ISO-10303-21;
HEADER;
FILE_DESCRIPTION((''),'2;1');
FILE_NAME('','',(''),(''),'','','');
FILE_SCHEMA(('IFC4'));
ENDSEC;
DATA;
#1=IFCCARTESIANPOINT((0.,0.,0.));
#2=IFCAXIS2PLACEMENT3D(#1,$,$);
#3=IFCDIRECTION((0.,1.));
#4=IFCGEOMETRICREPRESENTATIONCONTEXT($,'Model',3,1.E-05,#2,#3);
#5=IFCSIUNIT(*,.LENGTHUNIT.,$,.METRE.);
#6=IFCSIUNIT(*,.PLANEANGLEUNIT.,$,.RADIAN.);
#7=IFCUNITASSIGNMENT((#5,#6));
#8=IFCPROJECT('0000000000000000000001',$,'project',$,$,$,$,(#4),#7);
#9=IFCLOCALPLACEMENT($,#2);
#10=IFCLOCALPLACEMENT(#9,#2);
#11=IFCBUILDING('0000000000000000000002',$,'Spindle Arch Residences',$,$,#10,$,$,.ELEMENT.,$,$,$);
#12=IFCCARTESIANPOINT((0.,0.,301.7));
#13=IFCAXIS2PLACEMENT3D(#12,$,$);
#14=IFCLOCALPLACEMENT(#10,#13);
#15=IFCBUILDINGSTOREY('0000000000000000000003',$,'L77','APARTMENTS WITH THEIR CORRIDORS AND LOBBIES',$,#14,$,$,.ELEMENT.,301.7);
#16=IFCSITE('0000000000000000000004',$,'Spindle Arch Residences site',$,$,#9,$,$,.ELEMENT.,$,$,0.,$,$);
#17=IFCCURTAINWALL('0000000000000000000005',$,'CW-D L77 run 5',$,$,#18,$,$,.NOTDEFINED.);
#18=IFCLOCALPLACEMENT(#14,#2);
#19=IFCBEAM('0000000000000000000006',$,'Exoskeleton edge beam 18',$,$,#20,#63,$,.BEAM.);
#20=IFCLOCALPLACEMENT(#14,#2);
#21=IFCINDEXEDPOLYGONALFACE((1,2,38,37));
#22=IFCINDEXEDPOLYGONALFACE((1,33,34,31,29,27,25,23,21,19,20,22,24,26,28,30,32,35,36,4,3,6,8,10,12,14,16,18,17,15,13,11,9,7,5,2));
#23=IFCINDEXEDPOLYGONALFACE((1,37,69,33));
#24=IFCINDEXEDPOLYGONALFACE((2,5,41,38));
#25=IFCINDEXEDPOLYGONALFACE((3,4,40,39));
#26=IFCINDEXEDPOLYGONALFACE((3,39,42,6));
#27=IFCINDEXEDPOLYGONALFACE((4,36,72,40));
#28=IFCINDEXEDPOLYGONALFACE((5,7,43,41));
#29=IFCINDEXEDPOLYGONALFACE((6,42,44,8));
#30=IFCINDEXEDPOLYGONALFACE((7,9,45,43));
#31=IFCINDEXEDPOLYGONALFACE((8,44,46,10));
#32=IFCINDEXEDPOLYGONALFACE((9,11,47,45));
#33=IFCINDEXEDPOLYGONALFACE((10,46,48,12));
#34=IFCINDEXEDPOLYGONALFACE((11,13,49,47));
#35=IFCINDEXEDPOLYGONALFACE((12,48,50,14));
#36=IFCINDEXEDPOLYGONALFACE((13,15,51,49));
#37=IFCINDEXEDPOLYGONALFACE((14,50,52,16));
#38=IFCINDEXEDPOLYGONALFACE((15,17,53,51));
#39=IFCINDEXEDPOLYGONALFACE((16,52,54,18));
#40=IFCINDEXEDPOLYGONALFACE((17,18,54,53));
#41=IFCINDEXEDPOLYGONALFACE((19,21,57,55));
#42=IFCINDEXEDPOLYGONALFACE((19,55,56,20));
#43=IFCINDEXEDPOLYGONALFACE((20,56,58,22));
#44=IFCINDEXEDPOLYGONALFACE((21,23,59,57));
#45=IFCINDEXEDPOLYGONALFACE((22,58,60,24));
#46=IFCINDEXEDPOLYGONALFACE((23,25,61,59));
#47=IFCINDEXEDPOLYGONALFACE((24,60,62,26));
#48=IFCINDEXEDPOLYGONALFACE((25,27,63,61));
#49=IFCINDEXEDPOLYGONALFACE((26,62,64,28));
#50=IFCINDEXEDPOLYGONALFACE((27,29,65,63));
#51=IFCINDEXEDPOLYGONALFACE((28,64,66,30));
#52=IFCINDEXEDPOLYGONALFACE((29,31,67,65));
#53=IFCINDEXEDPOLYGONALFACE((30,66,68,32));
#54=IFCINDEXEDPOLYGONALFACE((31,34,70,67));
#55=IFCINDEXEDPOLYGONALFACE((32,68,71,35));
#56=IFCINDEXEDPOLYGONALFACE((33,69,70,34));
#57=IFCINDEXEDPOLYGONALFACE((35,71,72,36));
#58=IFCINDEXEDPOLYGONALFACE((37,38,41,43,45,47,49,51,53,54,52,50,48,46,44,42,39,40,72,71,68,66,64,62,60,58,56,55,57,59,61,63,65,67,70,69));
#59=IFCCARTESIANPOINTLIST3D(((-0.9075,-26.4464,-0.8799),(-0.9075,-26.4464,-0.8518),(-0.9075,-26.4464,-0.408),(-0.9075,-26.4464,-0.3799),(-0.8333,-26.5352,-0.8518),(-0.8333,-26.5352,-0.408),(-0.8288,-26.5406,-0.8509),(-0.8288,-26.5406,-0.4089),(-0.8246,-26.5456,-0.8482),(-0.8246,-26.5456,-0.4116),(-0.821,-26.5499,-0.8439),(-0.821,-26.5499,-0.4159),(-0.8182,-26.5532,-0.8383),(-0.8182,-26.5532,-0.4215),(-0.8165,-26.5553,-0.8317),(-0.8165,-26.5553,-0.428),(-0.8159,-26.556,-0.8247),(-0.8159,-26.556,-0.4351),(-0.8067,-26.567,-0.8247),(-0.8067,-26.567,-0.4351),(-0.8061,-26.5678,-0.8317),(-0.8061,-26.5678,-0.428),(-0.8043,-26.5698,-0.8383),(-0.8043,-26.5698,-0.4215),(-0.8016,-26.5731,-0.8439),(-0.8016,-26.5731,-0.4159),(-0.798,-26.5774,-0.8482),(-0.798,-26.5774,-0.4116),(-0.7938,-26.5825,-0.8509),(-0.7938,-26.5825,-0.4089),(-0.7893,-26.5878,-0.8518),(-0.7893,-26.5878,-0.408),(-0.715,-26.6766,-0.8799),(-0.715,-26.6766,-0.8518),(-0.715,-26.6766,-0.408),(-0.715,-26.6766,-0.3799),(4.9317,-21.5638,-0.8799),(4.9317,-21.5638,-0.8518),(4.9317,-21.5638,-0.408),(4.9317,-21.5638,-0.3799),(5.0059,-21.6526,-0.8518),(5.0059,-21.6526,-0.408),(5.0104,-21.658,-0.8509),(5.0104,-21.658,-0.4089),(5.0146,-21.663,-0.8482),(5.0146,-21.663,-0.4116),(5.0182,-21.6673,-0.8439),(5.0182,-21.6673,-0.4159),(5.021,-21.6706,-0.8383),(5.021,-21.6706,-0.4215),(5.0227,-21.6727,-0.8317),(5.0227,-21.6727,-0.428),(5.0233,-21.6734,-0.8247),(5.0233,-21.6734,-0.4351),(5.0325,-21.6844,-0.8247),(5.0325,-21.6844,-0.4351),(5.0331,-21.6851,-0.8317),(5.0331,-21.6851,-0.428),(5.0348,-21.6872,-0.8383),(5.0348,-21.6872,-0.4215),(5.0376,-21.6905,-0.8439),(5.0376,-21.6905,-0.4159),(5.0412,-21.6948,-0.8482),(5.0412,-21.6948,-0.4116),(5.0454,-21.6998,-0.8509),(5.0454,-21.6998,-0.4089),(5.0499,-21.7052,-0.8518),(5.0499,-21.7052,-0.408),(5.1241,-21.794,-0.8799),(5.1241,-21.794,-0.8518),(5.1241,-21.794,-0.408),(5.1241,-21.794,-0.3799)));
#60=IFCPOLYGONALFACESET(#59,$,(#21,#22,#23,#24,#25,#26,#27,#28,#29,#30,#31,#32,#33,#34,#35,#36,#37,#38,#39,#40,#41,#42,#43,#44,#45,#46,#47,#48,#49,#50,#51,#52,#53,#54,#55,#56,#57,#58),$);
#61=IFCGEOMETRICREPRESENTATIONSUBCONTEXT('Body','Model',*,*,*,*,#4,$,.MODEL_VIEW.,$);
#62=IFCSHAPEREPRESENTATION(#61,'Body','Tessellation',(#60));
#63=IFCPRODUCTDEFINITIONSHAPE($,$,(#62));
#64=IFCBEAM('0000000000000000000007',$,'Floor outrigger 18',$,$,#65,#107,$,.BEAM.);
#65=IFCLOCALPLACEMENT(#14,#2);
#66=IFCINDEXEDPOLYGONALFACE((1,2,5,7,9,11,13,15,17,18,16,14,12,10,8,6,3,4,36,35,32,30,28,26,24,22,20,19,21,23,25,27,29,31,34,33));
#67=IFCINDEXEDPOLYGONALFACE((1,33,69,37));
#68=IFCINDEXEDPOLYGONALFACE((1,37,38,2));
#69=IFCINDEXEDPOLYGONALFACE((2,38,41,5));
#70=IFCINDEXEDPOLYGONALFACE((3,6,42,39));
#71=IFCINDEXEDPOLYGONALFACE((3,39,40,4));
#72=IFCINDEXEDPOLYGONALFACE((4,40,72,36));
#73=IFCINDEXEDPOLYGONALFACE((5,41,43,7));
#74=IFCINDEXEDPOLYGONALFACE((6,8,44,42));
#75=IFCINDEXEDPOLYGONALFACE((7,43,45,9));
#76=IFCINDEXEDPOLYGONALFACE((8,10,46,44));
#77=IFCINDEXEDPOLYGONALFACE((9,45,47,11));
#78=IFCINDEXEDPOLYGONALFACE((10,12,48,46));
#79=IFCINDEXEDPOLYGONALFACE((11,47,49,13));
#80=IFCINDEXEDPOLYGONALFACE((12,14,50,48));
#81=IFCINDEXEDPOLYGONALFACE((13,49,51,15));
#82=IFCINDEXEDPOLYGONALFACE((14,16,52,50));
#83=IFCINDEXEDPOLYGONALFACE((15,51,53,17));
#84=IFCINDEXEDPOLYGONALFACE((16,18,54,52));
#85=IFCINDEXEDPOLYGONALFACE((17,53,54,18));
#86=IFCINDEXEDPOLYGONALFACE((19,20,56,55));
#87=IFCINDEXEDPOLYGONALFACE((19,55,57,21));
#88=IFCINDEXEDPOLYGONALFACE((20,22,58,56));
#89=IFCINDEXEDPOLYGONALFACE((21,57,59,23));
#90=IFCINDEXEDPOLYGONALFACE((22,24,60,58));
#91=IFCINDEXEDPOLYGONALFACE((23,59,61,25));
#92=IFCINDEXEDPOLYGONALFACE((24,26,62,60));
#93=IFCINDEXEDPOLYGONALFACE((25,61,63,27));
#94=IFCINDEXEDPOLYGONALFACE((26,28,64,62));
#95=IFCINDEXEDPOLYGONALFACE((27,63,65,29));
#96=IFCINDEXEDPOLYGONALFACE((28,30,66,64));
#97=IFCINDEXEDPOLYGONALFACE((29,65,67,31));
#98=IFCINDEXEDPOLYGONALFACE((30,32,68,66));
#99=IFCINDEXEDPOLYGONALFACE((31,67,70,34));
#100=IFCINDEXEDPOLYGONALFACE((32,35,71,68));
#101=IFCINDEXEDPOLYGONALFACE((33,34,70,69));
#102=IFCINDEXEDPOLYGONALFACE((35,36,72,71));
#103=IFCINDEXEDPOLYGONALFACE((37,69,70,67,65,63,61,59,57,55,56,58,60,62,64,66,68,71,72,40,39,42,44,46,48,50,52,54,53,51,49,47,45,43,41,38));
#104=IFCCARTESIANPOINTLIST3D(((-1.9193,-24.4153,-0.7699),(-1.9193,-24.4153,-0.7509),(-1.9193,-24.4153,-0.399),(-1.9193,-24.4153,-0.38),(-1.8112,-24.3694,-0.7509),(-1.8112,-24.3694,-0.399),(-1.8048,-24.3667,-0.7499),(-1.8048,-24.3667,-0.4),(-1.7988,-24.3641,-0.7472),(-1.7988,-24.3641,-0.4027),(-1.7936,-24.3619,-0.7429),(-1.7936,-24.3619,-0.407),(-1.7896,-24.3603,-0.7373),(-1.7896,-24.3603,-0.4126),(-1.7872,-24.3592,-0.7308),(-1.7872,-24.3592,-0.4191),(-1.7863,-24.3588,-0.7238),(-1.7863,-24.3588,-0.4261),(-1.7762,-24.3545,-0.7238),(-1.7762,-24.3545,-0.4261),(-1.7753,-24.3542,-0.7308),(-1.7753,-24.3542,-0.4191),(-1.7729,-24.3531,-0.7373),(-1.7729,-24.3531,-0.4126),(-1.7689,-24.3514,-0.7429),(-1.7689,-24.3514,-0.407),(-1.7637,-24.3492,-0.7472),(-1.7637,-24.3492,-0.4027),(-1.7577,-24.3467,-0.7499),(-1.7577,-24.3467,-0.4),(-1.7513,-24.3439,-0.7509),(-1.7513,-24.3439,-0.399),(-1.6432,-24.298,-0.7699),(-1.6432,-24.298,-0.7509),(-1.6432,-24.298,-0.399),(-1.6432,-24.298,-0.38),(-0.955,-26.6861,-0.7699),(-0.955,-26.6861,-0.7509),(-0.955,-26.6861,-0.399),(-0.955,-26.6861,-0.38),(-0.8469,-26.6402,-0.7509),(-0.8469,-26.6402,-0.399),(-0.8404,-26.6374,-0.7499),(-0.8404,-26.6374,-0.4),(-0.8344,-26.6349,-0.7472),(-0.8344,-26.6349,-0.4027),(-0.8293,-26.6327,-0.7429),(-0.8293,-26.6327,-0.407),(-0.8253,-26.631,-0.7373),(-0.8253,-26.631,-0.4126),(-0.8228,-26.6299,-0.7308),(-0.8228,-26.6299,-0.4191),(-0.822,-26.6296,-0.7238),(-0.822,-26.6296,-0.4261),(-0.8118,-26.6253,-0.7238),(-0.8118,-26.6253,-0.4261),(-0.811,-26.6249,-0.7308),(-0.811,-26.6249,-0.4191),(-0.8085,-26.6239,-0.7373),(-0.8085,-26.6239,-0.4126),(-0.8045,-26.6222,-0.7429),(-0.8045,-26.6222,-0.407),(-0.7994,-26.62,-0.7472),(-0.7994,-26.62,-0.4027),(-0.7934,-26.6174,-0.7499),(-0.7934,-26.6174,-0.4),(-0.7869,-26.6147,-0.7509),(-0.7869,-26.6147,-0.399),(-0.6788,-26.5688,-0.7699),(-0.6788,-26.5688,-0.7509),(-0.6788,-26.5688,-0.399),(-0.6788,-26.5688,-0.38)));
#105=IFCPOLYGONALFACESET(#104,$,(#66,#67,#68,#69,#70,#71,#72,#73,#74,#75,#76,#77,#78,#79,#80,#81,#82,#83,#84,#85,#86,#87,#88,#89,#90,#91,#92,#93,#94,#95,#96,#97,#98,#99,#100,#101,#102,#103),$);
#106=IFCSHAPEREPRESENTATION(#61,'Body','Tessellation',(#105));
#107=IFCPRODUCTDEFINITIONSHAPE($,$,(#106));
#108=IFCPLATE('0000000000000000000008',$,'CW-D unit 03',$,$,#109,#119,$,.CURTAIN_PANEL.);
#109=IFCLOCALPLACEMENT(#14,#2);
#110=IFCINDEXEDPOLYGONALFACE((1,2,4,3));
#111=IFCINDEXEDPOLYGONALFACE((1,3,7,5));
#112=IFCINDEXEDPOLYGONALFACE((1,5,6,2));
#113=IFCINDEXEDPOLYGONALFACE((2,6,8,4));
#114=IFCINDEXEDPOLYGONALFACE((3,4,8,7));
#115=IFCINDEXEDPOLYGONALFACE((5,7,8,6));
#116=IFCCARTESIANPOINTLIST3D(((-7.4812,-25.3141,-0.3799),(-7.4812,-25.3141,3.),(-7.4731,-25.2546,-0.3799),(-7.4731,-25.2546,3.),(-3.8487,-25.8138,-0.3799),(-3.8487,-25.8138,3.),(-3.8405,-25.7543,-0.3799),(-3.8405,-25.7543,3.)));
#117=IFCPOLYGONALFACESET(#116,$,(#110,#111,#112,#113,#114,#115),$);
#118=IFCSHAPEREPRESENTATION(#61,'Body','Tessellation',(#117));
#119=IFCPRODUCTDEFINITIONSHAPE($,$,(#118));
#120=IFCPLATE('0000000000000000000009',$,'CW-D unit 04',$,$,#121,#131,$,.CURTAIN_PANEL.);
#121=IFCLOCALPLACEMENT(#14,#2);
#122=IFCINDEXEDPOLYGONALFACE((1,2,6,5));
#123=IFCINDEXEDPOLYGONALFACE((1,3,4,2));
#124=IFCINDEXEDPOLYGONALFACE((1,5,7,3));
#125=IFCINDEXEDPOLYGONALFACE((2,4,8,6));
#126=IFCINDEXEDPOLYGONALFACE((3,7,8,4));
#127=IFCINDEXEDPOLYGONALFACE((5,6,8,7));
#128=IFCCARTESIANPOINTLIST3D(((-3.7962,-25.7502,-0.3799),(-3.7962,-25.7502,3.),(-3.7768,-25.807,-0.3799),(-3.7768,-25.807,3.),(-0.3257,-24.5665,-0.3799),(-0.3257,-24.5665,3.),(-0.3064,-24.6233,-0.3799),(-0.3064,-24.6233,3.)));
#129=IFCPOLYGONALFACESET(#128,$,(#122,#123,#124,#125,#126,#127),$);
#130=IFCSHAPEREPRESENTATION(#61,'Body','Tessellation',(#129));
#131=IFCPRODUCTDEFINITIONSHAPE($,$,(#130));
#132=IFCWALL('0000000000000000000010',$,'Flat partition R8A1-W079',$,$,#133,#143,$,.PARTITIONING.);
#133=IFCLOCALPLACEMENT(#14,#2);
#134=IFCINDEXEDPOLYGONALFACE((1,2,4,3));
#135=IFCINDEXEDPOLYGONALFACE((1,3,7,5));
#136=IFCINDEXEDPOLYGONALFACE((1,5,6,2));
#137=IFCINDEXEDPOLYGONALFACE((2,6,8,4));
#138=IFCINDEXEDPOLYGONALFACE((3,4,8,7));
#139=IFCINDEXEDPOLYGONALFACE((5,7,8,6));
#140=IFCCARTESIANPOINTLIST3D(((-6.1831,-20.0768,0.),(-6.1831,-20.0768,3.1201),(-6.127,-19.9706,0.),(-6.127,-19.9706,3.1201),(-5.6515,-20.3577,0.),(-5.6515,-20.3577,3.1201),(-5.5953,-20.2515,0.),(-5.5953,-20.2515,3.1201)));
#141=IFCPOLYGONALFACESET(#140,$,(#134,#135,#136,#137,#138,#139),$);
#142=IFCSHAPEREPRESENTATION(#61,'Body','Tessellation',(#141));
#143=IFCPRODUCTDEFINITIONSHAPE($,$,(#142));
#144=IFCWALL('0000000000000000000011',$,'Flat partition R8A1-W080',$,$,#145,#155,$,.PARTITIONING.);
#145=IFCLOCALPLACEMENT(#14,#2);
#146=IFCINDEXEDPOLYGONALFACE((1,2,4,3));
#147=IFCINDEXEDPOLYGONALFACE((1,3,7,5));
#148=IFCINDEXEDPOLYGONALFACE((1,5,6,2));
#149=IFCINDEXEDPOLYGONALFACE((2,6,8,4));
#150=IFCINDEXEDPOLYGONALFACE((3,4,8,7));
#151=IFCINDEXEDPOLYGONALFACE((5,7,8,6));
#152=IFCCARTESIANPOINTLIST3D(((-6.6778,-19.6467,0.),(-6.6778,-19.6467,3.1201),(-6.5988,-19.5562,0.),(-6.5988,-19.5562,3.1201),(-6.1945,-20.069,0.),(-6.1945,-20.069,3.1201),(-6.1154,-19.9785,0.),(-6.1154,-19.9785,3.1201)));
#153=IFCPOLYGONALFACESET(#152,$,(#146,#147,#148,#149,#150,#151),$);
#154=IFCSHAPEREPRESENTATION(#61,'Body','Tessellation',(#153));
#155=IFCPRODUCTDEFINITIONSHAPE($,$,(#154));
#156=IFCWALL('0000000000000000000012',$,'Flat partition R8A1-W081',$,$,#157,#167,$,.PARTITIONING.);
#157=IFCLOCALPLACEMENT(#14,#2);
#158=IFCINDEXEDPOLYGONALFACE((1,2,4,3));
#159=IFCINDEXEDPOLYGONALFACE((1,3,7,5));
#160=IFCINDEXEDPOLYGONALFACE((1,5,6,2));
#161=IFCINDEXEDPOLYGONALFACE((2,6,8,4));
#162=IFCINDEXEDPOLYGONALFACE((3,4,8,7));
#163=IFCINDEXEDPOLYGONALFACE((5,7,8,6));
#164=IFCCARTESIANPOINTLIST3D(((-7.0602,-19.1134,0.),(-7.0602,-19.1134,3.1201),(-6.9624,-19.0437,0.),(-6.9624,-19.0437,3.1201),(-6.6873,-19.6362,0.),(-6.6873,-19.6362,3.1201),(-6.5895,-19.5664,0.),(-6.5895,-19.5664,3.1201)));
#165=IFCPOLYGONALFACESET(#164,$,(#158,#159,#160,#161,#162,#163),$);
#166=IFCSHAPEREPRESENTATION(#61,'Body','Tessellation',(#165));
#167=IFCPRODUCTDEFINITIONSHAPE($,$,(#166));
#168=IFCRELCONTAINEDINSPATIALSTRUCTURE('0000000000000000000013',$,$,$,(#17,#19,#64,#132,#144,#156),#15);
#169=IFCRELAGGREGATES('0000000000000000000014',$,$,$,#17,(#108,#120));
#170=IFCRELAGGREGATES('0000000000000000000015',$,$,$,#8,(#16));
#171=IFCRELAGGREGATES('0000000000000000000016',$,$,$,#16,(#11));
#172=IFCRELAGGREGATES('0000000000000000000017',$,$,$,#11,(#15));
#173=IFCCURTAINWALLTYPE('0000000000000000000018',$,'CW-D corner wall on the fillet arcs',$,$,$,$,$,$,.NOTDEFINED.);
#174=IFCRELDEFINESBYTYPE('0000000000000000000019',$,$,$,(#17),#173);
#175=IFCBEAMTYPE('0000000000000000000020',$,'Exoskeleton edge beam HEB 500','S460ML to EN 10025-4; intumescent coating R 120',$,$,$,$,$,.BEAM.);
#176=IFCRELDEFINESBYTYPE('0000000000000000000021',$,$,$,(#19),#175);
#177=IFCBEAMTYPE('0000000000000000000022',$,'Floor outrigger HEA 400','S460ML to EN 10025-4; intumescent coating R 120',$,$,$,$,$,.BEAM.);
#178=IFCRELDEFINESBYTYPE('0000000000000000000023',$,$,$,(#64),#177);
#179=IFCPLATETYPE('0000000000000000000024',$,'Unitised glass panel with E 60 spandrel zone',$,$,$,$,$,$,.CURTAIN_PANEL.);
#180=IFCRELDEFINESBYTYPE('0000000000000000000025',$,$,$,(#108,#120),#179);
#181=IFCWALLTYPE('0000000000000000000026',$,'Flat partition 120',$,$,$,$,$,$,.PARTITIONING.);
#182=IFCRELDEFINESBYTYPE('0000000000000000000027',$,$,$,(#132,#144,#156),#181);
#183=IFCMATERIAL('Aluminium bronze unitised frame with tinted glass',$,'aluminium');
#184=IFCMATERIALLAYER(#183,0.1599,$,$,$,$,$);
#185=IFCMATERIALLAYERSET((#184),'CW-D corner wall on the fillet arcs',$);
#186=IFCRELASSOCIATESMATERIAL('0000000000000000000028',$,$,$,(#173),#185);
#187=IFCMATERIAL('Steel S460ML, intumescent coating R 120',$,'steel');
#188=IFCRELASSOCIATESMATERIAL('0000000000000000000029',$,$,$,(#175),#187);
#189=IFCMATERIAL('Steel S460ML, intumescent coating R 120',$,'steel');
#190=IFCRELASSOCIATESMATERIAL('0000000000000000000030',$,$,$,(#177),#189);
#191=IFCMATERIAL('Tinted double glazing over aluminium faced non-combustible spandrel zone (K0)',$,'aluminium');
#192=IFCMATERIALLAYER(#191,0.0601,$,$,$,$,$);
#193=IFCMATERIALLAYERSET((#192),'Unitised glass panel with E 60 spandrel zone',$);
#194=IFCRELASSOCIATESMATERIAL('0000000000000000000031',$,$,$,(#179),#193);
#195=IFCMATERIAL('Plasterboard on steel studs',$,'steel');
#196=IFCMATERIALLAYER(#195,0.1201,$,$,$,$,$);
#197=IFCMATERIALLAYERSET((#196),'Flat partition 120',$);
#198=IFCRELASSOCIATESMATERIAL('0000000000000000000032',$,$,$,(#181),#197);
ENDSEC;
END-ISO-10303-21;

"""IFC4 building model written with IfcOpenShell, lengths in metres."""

from ifc_helpers import new_model, si_unit, direction, frame, frame_2d, origin, origin_2d, place, context, subcontext, project, spatial, rectangle, i_section, extrude, material, layer, layer_set, material_profile, profile_set, type_object, element, aggregate, save


model = new_model("IFC4")

# Units and contexts
model_context = context("Model", 3, precision=1e-05, world=origin(), true_north=direction((0.0, 1.0)))
body_context = subcontext(model_context, "Body", "Model", "MODEL_VIEW")
ifc_project = project(units=[si_unit("LENGTHUNIT", "METRE"), si_unit("PLANEANGLEUNIT", "RADIAN")], contexts=[model_context])

# Site, building, storey
site_placement = place(None, origin())
site = spatial("IfcSite", under=ifc_project, at=site_placement, Name="Spindle Arch Residences site", CompositionType="ELEMENT", RefElevation=0.0)
building_placement = place(site_placement, origin())
building = spatial("IfcBuilding", under=site, at=building_placement, Name="Spindle Arch Residences", CompositionType="ELEMENT")
storey_placement = place(building_placement, frame((0.0, 0.0, 301.7)))
storey = spatial("IfcBuildingStorey", under=building, at=storey_placement, Name="L77", Description="APARTMENTS WITH THEIR CORRIDORS AND LOBBIES", CompositionType="ELEMENT", Elevation=301.7)

# Curtain wall
ifc_material_1 = material(Name="Aluminium bronze unitised frame with tinted glass", Category="aluminium")
ifc_layer_1 = layer(ifc_material_1, 0.1599)
ifc_layer_set_1 = layer_set([ifc_layer_1], Name="CW-D corner wall on the fillet arcs")
curtain_wall_type = type_object("IfcCurtainWallType", Name="CW-D corner wall on the fillet arcs", PredefinedType="NOTDEFINED", material=ifc_layer_set_1)
curtain_wall_placement = place(storey_placement, origin())
curtain_wall = element("IfcCurtainWall", 1, at=curtain_wall_placement, inside=storey, type_object=curtain_wall_type, Name="CW-D L77 run 5", PredefinedType="NOTDEFINED")

# Beams
ifc_material_2 = material(Name="Steel S460ML, intumescent coating R 120", Category="steel")
ifc_material_profile_1 = material_profile(ifc_material_2, i_section(OverallWidth=0.3, OverallDepth=0.5, WebThickness=0.0144, FlangeThickness=0.0281, FilletRadius=0.0271, at=origin_2d()), Name="HEB 500")
ifc_profile_set_1 = profile_set([ifc_material_profile_1], Name="Steel S460ML, intumescent coating R 120")
beam_type_1 = type_object("IfcBeamType", Name="Exoskeleton edge beam HEB 500", Description="S460ML to EN 10025-4; intumescent coating R 120", PredefinedType="BEAM", material=ifc_profile_set_1)
beam_1_placement = place(storey_placement, frame((-0.8113, -26.5615, -0.6299), z_axis=(0.767145, 0.641474, 0.0), x_axis=(-0.641474, 0.767145, 0.0)))
element("IfcBeam", 2, at=beam_1_placement, inside=storey, type_object=beam_type_1, Name="Exoskeleton edge beam 18", PredefinedType="BEAM", context=body_context, shape_type="SweptSolid", body=[
    extrude(i_section(OverallWidth=0.3, OverallDepth=0.5, WebThickness=0.0144, FlangeThickness=0.0281, FilletRadius=0.0271, at=origin_2d()), origin(), (0.0, 0.0, 1.0), 7.6116),
])
ifc_material_3 = material(Name="Steel S460ML, intumescent coating R 120", Category="steel")
ifc_material_profile_2 = material_profile(ifc_material_3, i_section(OverallWidth=0.3, OverallDepth=0.3899, WebThickness=0.011, FlangeThickness=0.019, FilletRadius=0.0271, at=origin_2d()), Name="HEA 400")
ifc_profile_set_2 = profile_set([ifc_material_profile_2], Name="Steel S460ML, intumescent coating R 120")
beam_type_2 = type_object("IfcBeamType", Name="Floor outrigger HEA 400", Description="S460ML to EN 10025-4; intumescent coating R 120", PredefinedType="BEAM", material=ifc_profile_set_2)
beam_2_placement = place(storey_placement, frame((-0.8169, -26.6274, -0.575), z_axis=(-0.390895, 0.920435, 0.0), x_axis=(-0.920435, -0.390895, 0.0)))
element("IfcBeam", 3, at=beam_2_placement, inside=storey, type_object=beam_type_2, Name="Floor outrigger 18", PredefinedType="BEAM", context=body_context, shape_type="SweptSolid", body=[
    extrude(i_section(OverallWidth=0.3, OverallDepth=0.3899, WebThickness=0.011, FlangeThickness=0.019, FilletRadius=0.0271, at=origin_2d()), origin(), (0.0, 0.0, 1.0), 2.467),
])

# Plates
ifc_material_4 = material(Name="Tinted double glazing over aluminium faced non-combustible spandrel zone (K0)", Category="aluminium")
ifc_layer_2 = layer(ifc_material_4, 0.0601)
ifc_layer_set_2 = layer_set([ifc_layer_2], Name="Unitised glass panel with E 60 spandrel zone")
plate_type = type_object("IfcPlateType", Name="Unitised glass panel with E 60 spandrel zone", PredefinedType="CURTAIN_PANEL", material=ifc_layer_set_2)
plate_1_placement = place(storey_placement, frame((-5.6609, -25.5342, -0.3799), z_axis=(0.0, 0.0, 1.0), x_axis=(0.990669, -0.136292, 0.0)))
plate_1 = element("IfcPlate", 4, at=plate_1_placement, type_object=plate_type, Name="CW-D unit 03", PredefinedType="CURTAIN_PANEL", context=body_context, shape_type="SweptSolid", body=[
    extrude(rectangle(XDim=3.6667, YDim=0.0601, at=origin_2d()), origin(), (0.0, 0.0, 1.0), 3.3799),
])
plate_2_placement = place(storey_placement, frame((-2.0513, -25.1868, -0.3799), z_axis=(0.0, 0.0, 1.0), x_axis=(0.946462, 0.322816, 0.0)))
plate_2 = element("IfcPlate", 5, at=plate_2_placement, type_object=plate_type, Name="CW-D unit 04", PredefinedType="CURTAIN_PANEL", context=body_context, shape_type="SweptSolid", body=[
    extrude(rectangle(XDim=3.6667, YDim=0.0601, at=origin_2d()), origin(), (0.0, 0.0, 1.0), 3.3799),
])
aggregate(curtain_wall, [plate_1, plate_2])

# Walls
ifc_material_5 = material(Name="Plasterboard on steel studs", Category="steel")
ifc_layer_3 = layer(ifc_material_5, 0.1201)
ifc_layer_set_3 = layer_set([ifc_layer_3], Name="Flat partition 120")
wall_type_1 = type_object("IfcWallType", Name="Flat partition 120", PredefinedType="PARTITIONING", material=ifc_layer_set_3)
wall_1_placement = place(storey_placement, frame((-5.6233, -20.3047, 0.0), z_axis=(0.0, 0.0, 1.0), x_axis=(-0.884133, 0.467235, 0.0)))
element("IfcWall", 6, at=wall_1_placement, inside=storey, type_object=wall_type_1, Name="Flat partition R8A1-W079", PredefinedType="PARTITIONING", context=body_context, shape_type="SweptSolid", body=[
    extrude(rectangle(XDim=0.6013, YDim=0.1201, at=frame_2d((0.3008, 0.0))), origin(), (0.0, 0.0, 1.0), 3.1201),
])
wall_2_placement = place(storey_placement, frame((-6.155, -20.0237, 0.0), z_axis=(0.0, 0.0, 1.0), x_axis=(-0.753048, 0.657966, 0.0)))
element("IfcWall", 7, at=wall_2_placement, inside=storey, type_object=wall_type_1, Name="Flat partition R8A1-W080", PredefinedType="PARTITIONING", context=body_context, shape_type="SweptSolid", body=[
    extrude(rectangle(XDim=0.6418, YDim=0.1201, at=frame_2d((0.3208, 0.0))), origin(), (0.0, 0.0, 1.0), 3.1201),
])
wall_3_placement = place(storey_placement, frame((-6.6384, -19.6013, 0.0), z_axis=(0.0, 0.0, 1.0), x_axis=(-0.580663, 0.814144, 0.0)))
element("IfcWall", 8, at=wall_3_placement, inside=storey, type_object=wall_type_1, Name="Flat partition R8A1-W081", PredefinedType="PARTITIONING", context=body_context, shape_type="SweptSolid", body=[
    extrude(rectangle(XDim=0.6421, YDim=0.1201, at=frame_2d((0.321, 0.0))), origin(), (0.0, 0.0, 1.0), 3.1201),
])

save(model, "model.ifc")
